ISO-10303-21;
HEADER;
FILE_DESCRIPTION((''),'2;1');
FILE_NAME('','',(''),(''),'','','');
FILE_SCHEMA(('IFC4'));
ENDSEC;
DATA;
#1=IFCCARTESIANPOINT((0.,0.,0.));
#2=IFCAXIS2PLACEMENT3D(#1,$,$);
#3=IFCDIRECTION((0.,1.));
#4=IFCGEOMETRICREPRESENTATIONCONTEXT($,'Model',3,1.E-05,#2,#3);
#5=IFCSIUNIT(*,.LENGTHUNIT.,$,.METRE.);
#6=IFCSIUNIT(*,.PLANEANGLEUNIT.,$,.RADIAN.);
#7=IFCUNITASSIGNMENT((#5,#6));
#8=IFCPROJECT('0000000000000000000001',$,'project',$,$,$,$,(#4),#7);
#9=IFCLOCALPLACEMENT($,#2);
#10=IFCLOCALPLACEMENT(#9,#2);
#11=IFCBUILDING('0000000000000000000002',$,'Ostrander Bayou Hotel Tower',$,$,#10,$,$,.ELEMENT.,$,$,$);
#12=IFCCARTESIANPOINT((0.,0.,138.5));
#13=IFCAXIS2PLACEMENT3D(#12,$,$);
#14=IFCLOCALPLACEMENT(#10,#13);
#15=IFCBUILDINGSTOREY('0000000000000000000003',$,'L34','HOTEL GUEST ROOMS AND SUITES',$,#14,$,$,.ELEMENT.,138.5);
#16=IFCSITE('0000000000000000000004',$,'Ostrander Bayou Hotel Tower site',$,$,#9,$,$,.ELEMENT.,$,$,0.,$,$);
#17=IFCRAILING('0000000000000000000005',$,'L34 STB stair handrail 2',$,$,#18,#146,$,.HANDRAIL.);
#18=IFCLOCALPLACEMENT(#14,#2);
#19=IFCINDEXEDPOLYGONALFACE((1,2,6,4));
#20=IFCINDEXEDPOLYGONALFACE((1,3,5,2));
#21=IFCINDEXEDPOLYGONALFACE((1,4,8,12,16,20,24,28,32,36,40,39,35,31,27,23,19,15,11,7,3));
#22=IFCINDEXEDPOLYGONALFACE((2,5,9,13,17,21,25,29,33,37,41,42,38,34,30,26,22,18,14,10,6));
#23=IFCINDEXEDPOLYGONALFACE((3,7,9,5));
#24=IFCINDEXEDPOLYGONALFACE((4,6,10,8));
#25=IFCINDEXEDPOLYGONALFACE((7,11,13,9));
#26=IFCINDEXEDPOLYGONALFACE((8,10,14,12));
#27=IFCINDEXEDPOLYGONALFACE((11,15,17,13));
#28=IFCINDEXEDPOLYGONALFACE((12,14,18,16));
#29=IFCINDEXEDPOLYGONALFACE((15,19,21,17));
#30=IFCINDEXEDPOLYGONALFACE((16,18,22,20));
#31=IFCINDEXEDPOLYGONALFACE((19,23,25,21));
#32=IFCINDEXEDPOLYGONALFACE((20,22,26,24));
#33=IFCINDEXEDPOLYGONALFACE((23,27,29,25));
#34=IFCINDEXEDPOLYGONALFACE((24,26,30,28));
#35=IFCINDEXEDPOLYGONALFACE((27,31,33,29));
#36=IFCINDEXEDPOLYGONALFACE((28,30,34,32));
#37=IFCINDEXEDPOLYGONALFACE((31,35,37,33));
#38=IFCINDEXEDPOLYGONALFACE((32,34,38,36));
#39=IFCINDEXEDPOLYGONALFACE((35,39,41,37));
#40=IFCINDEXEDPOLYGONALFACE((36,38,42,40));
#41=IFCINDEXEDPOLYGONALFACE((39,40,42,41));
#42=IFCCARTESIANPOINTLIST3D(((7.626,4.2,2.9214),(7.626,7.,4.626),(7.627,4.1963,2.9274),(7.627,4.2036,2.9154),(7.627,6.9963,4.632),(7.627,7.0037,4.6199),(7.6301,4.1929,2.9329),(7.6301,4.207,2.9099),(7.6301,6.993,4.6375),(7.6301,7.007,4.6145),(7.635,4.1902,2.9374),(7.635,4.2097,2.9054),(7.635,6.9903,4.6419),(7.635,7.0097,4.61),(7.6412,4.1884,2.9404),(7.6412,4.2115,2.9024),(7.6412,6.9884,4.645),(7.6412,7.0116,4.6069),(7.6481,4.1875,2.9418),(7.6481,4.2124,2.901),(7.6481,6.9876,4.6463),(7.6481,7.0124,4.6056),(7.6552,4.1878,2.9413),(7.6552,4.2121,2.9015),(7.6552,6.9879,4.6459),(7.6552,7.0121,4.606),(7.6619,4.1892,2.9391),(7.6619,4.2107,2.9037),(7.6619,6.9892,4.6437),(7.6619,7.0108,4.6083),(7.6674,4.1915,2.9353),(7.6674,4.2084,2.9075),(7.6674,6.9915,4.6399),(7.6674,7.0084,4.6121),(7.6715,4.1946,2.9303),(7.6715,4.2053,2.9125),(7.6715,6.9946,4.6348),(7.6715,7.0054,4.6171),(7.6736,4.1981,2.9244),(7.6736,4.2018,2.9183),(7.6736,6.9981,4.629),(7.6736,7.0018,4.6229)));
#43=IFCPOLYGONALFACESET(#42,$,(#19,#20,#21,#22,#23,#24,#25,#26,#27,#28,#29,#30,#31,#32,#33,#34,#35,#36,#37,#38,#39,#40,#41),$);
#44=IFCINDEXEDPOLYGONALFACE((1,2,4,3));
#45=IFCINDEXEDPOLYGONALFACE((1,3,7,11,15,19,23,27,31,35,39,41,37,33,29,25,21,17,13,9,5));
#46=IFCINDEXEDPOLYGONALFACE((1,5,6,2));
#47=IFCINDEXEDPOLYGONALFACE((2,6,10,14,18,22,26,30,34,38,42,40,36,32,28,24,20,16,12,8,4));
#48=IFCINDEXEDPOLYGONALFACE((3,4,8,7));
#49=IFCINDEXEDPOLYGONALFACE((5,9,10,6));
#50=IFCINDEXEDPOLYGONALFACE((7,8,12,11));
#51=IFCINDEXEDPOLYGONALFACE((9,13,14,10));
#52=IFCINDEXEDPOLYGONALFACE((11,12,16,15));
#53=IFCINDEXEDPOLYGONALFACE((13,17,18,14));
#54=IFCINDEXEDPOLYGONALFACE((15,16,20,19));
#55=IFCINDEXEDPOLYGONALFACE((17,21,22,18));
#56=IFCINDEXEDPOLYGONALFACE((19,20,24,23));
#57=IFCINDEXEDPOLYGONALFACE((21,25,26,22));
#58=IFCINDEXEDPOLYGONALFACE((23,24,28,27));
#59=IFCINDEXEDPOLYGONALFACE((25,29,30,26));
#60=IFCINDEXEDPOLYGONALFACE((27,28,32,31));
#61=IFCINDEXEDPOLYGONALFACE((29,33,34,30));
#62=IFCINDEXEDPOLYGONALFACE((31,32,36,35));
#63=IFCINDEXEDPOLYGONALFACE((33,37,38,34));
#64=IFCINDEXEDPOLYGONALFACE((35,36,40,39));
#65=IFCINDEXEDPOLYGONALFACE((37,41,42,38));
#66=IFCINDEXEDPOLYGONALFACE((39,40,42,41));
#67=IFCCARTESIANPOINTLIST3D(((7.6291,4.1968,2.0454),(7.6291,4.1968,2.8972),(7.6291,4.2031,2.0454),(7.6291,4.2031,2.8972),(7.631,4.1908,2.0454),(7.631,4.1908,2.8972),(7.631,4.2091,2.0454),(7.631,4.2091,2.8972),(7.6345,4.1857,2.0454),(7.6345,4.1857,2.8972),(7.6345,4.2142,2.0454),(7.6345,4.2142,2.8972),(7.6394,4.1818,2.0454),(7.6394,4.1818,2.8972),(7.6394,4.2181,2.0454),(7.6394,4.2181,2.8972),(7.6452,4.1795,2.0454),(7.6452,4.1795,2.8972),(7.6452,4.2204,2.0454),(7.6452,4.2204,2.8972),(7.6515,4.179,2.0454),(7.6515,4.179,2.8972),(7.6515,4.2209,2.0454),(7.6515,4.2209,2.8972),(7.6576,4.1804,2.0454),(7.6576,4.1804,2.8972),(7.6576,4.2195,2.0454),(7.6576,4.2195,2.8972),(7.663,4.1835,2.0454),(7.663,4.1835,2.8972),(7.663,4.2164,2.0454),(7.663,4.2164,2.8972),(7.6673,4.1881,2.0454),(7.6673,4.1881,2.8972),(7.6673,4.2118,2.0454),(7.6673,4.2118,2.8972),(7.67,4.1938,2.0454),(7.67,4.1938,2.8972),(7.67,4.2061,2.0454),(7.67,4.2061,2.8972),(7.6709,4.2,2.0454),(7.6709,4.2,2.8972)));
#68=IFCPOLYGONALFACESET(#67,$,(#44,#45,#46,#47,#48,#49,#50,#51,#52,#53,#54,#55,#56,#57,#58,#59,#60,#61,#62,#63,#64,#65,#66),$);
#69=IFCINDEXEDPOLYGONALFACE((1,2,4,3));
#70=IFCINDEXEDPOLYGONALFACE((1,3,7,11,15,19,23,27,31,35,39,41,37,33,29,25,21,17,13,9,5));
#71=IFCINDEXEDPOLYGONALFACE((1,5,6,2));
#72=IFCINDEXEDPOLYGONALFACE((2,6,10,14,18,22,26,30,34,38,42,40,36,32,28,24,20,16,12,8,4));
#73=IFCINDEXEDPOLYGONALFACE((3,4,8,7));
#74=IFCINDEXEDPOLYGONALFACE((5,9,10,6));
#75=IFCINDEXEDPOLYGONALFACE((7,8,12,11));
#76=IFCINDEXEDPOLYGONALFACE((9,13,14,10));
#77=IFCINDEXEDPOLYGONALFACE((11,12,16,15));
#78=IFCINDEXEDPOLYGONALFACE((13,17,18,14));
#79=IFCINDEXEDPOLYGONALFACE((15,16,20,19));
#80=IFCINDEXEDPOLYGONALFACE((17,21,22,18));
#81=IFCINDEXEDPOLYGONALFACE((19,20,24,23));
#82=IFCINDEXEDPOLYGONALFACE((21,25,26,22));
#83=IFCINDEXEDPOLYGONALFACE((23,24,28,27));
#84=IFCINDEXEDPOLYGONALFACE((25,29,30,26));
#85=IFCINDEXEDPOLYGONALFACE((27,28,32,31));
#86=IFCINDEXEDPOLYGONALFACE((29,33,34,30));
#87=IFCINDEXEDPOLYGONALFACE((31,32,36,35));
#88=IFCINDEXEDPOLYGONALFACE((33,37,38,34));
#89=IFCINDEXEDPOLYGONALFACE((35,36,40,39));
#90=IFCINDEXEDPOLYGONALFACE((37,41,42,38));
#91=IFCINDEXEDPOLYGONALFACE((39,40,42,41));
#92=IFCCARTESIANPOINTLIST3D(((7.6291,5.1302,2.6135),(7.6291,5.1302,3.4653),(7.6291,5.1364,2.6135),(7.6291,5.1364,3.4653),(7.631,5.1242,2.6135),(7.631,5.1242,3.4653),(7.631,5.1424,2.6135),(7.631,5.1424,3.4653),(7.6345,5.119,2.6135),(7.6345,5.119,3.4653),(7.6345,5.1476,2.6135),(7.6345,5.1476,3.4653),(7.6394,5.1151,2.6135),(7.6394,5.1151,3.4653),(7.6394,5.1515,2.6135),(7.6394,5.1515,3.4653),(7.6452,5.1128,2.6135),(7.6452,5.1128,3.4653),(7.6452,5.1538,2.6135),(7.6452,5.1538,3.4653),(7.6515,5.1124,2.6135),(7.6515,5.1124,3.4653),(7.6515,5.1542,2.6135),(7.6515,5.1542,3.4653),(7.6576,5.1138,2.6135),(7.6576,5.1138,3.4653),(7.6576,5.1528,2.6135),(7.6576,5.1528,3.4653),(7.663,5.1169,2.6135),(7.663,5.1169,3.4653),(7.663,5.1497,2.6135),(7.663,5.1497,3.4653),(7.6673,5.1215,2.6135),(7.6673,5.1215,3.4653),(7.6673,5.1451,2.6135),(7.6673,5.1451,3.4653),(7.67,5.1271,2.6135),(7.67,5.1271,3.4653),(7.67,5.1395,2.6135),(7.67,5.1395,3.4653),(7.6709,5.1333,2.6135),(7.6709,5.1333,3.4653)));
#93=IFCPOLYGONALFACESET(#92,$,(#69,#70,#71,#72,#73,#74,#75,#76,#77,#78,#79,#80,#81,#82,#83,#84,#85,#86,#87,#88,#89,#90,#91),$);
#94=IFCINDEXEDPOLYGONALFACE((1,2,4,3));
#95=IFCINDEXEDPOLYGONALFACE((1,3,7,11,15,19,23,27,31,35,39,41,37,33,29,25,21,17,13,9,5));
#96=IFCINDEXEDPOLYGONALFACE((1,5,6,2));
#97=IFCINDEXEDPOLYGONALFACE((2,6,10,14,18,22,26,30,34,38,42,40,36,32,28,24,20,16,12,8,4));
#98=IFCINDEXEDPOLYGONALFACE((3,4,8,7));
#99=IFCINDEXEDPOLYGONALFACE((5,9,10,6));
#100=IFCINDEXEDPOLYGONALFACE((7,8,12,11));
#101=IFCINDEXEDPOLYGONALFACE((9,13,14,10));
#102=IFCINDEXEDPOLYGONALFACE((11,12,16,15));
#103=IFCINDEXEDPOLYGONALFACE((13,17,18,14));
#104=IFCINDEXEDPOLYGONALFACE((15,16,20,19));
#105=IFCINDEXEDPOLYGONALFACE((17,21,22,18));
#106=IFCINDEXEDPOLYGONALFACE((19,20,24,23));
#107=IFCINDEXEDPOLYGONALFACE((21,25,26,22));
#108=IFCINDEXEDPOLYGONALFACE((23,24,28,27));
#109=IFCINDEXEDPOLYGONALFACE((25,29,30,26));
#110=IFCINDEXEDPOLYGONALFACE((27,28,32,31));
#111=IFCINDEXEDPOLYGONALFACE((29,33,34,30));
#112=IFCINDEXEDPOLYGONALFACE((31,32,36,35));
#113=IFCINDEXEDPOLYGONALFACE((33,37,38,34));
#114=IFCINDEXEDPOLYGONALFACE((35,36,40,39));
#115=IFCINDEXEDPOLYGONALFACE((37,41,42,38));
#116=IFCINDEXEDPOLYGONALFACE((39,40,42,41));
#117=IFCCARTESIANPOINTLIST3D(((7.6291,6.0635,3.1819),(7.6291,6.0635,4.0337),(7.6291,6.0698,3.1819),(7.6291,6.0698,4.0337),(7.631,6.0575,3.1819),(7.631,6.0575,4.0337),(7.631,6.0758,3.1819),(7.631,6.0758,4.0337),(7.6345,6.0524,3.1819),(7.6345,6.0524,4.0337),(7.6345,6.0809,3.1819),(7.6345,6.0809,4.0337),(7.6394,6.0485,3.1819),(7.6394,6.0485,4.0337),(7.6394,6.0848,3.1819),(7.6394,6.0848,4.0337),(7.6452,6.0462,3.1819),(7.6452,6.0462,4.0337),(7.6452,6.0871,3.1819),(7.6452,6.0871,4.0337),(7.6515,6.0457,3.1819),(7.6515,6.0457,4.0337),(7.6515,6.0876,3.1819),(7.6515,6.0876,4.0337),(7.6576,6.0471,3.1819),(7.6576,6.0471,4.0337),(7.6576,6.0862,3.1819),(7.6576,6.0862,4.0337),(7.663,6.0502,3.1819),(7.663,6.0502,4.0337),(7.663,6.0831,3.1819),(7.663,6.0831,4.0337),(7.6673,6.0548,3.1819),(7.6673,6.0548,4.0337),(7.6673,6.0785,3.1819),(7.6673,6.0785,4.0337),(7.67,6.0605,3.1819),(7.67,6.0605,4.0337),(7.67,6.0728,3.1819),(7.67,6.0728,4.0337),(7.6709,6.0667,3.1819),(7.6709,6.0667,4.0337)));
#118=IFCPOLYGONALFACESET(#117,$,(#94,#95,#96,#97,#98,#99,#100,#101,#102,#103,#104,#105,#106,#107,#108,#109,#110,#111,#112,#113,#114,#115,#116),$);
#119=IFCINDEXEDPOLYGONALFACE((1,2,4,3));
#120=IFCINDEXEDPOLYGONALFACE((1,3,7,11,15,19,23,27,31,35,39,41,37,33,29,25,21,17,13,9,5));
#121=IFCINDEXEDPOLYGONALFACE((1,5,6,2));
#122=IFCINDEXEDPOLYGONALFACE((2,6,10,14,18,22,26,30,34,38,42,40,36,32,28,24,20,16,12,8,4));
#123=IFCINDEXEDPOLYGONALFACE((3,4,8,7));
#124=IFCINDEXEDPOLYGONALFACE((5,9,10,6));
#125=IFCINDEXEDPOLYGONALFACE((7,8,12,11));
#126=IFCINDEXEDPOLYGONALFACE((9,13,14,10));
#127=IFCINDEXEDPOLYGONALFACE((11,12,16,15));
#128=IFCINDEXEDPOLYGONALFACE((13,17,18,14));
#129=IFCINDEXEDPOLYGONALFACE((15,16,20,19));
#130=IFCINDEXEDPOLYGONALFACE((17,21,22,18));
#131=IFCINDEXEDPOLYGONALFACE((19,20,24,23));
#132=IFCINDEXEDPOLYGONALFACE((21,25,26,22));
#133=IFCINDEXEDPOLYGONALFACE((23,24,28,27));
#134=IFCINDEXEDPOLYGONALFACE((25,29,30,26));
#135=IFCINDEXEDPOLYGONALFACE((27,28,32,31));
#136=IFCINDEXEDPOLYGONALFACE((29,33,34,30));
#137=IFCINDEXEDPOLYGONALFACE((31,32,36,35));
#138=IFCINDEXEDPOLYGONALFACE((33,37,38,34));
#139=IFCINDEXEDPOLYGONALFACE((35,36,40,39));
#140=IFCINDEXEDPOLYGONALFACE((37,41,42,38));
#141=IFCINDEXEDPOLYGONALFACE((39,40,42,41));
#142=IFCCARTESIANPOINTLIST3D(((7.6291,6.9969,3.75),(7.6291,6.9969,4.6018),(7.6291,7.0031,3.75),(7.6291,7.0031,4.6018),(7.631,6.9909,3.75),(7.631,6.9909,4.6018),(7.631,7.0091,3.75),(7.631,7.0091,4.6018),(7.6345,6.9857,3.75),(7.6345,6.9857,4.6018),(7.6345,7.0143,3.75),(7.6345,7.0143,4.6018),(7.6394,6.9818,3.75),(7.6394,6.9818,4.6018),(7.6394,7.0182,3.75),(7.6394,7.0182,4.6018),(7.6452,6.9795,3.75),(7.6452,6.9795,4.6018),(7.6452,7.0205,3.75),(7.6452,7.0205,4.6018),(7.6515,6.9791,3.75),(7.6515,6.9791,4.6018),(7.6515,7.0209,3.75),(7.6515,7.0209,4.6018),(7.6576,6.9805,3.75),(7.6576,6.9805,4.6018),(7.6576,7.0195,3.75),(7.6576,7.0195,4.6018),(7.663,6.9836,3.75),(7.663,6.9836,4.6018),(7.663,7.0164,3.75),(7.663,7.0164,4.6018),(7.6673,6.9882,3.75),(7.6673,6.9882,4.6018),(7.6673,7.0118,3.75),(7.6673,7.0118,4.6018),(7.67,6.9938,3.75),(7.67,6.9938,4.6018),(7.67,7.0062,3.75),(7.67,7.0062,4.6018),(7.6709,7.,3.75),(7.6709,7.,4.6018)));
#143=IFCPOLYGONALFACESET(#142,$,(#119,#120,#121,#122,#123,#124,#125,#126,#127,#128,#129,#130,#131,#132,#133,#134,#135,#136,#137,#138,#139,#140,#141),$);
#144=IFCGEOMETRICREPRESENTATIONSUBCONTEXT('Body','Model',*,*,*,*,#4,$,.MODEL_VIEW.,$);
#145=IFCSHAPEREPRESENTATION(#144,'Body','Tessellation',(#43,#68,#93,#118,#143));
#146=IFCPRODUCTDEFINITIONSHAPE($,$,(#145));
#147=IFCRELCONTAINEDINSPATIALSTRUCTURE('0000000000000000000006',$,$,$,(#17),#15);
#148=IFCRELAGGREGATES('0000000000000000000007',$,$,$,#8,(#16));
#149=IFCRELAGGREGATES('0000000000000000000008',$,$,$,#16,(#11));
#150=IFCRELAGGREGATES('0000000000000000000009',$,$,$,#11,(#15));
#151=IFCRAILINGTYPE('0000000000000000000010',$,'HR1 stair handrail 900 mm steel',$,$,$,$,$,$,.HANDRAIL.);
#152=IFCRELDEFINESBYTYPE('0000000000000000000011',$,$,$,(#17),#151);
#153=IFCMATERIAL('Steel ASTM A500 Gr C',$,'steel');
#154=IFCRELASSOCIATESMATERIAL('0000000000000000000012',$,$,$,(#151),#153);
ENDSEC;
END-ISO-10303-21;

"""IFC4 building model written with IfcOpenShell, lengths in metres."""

from ifc_helpers import new_model, si_unit, direction, frame, origin, origin_2d, place, context, subcontext, project, spatial, circle, extrude, material, type_object, element, save


model = new_model("IFC4")

# Units and contexts
model_context = context("Model", 3, precision=1e-05, world=origin(), true_north=direction((0.0, 1.0)))
body_context = subcontext(model_context, "Body", "Model", "MODEL_VIEW")
ifc_project = project(units=[si_unit("LENGTHUNIT", "METRE"), si_unit("PLANEANGLEUNIT", "RADIAN")], contexts=[model_context])

# Site, building, storey
site_placement = place(None, origin())
site = spatial("IfcSite", under=ifc_project, at=site_placement, Name="Ostrander Bayou Hotel Tower site", CompositionType="ELEMENT", RefElevation=0.0)
building_placement = place(site_placement, origin())
building = spatial("IfcBuilding", under=site, at=building_placement, Name="Ostrander Bayou Hotel Tower", CompositionType="ELEMENT")
storey_placement = place(building_placement, frame((0.0, 0.0, 138.5)))
storey = spatial("IfcBuildingStorey", under=building, at=storey_placement, Name="L34", Description="HOTEL GUEST ROOMS AND SUITES", CompositionType="ELEMENT", Elevation=138.5)

# Railing
ifc_material_1 = material(Name="Steel ASTM A500 Gr C", Category="steel")
railing_type_1 = type_object("IfcRailingType", Name="HR1 stair handrail 900 mm steel", PredefinedType="HANDRAIL", material=ifc_material_1)
railing_1_placement = place(storey_placement, frame((7.6499, 4.2, 2.0454)))
element("IfcRailing", 1, at=railing_1_placement, inside=storey, type_object=railing_type_1, Name="L34 STB stair handrail 2", PredefinedType="HANDRAIL", context=body_context, shape_type="SweptSolid", body=[
    extrude(circle(Radius=0.0239, at=origin_2d()), frame((0.0, 0.0, 0.876), z_axis=(0.0, 0.85417, 0.519994), x_axis=(-1.0, 0.0, 0.0)), (0.0, 0.0, 1.0), 3.2781),
    extrude(circle(Radius=0.021, at=origin_2d()), origin(), (0.0, 0.0, 1.0), 0.8518),
    extrude(circle(Radius=0.021, at=origin_2d()), frame((0.0, 0.9333, 0.5681)), (0.0, 0.0, 1.0), 0.8518),
    extrude(circle(Radius=0.021, at=origin_2d()), frame((0.0, 1.8667, 1.1365)), (0.0, 0.0, 1.0), 0.8518),
    extrude(circle(Radius=0.021, at=origin_2d()), frame((0.0, 2.8, 1.7046)), (0.0, 0.0, 1.0), 0.8518),
])

save(model, "model.ifc")
